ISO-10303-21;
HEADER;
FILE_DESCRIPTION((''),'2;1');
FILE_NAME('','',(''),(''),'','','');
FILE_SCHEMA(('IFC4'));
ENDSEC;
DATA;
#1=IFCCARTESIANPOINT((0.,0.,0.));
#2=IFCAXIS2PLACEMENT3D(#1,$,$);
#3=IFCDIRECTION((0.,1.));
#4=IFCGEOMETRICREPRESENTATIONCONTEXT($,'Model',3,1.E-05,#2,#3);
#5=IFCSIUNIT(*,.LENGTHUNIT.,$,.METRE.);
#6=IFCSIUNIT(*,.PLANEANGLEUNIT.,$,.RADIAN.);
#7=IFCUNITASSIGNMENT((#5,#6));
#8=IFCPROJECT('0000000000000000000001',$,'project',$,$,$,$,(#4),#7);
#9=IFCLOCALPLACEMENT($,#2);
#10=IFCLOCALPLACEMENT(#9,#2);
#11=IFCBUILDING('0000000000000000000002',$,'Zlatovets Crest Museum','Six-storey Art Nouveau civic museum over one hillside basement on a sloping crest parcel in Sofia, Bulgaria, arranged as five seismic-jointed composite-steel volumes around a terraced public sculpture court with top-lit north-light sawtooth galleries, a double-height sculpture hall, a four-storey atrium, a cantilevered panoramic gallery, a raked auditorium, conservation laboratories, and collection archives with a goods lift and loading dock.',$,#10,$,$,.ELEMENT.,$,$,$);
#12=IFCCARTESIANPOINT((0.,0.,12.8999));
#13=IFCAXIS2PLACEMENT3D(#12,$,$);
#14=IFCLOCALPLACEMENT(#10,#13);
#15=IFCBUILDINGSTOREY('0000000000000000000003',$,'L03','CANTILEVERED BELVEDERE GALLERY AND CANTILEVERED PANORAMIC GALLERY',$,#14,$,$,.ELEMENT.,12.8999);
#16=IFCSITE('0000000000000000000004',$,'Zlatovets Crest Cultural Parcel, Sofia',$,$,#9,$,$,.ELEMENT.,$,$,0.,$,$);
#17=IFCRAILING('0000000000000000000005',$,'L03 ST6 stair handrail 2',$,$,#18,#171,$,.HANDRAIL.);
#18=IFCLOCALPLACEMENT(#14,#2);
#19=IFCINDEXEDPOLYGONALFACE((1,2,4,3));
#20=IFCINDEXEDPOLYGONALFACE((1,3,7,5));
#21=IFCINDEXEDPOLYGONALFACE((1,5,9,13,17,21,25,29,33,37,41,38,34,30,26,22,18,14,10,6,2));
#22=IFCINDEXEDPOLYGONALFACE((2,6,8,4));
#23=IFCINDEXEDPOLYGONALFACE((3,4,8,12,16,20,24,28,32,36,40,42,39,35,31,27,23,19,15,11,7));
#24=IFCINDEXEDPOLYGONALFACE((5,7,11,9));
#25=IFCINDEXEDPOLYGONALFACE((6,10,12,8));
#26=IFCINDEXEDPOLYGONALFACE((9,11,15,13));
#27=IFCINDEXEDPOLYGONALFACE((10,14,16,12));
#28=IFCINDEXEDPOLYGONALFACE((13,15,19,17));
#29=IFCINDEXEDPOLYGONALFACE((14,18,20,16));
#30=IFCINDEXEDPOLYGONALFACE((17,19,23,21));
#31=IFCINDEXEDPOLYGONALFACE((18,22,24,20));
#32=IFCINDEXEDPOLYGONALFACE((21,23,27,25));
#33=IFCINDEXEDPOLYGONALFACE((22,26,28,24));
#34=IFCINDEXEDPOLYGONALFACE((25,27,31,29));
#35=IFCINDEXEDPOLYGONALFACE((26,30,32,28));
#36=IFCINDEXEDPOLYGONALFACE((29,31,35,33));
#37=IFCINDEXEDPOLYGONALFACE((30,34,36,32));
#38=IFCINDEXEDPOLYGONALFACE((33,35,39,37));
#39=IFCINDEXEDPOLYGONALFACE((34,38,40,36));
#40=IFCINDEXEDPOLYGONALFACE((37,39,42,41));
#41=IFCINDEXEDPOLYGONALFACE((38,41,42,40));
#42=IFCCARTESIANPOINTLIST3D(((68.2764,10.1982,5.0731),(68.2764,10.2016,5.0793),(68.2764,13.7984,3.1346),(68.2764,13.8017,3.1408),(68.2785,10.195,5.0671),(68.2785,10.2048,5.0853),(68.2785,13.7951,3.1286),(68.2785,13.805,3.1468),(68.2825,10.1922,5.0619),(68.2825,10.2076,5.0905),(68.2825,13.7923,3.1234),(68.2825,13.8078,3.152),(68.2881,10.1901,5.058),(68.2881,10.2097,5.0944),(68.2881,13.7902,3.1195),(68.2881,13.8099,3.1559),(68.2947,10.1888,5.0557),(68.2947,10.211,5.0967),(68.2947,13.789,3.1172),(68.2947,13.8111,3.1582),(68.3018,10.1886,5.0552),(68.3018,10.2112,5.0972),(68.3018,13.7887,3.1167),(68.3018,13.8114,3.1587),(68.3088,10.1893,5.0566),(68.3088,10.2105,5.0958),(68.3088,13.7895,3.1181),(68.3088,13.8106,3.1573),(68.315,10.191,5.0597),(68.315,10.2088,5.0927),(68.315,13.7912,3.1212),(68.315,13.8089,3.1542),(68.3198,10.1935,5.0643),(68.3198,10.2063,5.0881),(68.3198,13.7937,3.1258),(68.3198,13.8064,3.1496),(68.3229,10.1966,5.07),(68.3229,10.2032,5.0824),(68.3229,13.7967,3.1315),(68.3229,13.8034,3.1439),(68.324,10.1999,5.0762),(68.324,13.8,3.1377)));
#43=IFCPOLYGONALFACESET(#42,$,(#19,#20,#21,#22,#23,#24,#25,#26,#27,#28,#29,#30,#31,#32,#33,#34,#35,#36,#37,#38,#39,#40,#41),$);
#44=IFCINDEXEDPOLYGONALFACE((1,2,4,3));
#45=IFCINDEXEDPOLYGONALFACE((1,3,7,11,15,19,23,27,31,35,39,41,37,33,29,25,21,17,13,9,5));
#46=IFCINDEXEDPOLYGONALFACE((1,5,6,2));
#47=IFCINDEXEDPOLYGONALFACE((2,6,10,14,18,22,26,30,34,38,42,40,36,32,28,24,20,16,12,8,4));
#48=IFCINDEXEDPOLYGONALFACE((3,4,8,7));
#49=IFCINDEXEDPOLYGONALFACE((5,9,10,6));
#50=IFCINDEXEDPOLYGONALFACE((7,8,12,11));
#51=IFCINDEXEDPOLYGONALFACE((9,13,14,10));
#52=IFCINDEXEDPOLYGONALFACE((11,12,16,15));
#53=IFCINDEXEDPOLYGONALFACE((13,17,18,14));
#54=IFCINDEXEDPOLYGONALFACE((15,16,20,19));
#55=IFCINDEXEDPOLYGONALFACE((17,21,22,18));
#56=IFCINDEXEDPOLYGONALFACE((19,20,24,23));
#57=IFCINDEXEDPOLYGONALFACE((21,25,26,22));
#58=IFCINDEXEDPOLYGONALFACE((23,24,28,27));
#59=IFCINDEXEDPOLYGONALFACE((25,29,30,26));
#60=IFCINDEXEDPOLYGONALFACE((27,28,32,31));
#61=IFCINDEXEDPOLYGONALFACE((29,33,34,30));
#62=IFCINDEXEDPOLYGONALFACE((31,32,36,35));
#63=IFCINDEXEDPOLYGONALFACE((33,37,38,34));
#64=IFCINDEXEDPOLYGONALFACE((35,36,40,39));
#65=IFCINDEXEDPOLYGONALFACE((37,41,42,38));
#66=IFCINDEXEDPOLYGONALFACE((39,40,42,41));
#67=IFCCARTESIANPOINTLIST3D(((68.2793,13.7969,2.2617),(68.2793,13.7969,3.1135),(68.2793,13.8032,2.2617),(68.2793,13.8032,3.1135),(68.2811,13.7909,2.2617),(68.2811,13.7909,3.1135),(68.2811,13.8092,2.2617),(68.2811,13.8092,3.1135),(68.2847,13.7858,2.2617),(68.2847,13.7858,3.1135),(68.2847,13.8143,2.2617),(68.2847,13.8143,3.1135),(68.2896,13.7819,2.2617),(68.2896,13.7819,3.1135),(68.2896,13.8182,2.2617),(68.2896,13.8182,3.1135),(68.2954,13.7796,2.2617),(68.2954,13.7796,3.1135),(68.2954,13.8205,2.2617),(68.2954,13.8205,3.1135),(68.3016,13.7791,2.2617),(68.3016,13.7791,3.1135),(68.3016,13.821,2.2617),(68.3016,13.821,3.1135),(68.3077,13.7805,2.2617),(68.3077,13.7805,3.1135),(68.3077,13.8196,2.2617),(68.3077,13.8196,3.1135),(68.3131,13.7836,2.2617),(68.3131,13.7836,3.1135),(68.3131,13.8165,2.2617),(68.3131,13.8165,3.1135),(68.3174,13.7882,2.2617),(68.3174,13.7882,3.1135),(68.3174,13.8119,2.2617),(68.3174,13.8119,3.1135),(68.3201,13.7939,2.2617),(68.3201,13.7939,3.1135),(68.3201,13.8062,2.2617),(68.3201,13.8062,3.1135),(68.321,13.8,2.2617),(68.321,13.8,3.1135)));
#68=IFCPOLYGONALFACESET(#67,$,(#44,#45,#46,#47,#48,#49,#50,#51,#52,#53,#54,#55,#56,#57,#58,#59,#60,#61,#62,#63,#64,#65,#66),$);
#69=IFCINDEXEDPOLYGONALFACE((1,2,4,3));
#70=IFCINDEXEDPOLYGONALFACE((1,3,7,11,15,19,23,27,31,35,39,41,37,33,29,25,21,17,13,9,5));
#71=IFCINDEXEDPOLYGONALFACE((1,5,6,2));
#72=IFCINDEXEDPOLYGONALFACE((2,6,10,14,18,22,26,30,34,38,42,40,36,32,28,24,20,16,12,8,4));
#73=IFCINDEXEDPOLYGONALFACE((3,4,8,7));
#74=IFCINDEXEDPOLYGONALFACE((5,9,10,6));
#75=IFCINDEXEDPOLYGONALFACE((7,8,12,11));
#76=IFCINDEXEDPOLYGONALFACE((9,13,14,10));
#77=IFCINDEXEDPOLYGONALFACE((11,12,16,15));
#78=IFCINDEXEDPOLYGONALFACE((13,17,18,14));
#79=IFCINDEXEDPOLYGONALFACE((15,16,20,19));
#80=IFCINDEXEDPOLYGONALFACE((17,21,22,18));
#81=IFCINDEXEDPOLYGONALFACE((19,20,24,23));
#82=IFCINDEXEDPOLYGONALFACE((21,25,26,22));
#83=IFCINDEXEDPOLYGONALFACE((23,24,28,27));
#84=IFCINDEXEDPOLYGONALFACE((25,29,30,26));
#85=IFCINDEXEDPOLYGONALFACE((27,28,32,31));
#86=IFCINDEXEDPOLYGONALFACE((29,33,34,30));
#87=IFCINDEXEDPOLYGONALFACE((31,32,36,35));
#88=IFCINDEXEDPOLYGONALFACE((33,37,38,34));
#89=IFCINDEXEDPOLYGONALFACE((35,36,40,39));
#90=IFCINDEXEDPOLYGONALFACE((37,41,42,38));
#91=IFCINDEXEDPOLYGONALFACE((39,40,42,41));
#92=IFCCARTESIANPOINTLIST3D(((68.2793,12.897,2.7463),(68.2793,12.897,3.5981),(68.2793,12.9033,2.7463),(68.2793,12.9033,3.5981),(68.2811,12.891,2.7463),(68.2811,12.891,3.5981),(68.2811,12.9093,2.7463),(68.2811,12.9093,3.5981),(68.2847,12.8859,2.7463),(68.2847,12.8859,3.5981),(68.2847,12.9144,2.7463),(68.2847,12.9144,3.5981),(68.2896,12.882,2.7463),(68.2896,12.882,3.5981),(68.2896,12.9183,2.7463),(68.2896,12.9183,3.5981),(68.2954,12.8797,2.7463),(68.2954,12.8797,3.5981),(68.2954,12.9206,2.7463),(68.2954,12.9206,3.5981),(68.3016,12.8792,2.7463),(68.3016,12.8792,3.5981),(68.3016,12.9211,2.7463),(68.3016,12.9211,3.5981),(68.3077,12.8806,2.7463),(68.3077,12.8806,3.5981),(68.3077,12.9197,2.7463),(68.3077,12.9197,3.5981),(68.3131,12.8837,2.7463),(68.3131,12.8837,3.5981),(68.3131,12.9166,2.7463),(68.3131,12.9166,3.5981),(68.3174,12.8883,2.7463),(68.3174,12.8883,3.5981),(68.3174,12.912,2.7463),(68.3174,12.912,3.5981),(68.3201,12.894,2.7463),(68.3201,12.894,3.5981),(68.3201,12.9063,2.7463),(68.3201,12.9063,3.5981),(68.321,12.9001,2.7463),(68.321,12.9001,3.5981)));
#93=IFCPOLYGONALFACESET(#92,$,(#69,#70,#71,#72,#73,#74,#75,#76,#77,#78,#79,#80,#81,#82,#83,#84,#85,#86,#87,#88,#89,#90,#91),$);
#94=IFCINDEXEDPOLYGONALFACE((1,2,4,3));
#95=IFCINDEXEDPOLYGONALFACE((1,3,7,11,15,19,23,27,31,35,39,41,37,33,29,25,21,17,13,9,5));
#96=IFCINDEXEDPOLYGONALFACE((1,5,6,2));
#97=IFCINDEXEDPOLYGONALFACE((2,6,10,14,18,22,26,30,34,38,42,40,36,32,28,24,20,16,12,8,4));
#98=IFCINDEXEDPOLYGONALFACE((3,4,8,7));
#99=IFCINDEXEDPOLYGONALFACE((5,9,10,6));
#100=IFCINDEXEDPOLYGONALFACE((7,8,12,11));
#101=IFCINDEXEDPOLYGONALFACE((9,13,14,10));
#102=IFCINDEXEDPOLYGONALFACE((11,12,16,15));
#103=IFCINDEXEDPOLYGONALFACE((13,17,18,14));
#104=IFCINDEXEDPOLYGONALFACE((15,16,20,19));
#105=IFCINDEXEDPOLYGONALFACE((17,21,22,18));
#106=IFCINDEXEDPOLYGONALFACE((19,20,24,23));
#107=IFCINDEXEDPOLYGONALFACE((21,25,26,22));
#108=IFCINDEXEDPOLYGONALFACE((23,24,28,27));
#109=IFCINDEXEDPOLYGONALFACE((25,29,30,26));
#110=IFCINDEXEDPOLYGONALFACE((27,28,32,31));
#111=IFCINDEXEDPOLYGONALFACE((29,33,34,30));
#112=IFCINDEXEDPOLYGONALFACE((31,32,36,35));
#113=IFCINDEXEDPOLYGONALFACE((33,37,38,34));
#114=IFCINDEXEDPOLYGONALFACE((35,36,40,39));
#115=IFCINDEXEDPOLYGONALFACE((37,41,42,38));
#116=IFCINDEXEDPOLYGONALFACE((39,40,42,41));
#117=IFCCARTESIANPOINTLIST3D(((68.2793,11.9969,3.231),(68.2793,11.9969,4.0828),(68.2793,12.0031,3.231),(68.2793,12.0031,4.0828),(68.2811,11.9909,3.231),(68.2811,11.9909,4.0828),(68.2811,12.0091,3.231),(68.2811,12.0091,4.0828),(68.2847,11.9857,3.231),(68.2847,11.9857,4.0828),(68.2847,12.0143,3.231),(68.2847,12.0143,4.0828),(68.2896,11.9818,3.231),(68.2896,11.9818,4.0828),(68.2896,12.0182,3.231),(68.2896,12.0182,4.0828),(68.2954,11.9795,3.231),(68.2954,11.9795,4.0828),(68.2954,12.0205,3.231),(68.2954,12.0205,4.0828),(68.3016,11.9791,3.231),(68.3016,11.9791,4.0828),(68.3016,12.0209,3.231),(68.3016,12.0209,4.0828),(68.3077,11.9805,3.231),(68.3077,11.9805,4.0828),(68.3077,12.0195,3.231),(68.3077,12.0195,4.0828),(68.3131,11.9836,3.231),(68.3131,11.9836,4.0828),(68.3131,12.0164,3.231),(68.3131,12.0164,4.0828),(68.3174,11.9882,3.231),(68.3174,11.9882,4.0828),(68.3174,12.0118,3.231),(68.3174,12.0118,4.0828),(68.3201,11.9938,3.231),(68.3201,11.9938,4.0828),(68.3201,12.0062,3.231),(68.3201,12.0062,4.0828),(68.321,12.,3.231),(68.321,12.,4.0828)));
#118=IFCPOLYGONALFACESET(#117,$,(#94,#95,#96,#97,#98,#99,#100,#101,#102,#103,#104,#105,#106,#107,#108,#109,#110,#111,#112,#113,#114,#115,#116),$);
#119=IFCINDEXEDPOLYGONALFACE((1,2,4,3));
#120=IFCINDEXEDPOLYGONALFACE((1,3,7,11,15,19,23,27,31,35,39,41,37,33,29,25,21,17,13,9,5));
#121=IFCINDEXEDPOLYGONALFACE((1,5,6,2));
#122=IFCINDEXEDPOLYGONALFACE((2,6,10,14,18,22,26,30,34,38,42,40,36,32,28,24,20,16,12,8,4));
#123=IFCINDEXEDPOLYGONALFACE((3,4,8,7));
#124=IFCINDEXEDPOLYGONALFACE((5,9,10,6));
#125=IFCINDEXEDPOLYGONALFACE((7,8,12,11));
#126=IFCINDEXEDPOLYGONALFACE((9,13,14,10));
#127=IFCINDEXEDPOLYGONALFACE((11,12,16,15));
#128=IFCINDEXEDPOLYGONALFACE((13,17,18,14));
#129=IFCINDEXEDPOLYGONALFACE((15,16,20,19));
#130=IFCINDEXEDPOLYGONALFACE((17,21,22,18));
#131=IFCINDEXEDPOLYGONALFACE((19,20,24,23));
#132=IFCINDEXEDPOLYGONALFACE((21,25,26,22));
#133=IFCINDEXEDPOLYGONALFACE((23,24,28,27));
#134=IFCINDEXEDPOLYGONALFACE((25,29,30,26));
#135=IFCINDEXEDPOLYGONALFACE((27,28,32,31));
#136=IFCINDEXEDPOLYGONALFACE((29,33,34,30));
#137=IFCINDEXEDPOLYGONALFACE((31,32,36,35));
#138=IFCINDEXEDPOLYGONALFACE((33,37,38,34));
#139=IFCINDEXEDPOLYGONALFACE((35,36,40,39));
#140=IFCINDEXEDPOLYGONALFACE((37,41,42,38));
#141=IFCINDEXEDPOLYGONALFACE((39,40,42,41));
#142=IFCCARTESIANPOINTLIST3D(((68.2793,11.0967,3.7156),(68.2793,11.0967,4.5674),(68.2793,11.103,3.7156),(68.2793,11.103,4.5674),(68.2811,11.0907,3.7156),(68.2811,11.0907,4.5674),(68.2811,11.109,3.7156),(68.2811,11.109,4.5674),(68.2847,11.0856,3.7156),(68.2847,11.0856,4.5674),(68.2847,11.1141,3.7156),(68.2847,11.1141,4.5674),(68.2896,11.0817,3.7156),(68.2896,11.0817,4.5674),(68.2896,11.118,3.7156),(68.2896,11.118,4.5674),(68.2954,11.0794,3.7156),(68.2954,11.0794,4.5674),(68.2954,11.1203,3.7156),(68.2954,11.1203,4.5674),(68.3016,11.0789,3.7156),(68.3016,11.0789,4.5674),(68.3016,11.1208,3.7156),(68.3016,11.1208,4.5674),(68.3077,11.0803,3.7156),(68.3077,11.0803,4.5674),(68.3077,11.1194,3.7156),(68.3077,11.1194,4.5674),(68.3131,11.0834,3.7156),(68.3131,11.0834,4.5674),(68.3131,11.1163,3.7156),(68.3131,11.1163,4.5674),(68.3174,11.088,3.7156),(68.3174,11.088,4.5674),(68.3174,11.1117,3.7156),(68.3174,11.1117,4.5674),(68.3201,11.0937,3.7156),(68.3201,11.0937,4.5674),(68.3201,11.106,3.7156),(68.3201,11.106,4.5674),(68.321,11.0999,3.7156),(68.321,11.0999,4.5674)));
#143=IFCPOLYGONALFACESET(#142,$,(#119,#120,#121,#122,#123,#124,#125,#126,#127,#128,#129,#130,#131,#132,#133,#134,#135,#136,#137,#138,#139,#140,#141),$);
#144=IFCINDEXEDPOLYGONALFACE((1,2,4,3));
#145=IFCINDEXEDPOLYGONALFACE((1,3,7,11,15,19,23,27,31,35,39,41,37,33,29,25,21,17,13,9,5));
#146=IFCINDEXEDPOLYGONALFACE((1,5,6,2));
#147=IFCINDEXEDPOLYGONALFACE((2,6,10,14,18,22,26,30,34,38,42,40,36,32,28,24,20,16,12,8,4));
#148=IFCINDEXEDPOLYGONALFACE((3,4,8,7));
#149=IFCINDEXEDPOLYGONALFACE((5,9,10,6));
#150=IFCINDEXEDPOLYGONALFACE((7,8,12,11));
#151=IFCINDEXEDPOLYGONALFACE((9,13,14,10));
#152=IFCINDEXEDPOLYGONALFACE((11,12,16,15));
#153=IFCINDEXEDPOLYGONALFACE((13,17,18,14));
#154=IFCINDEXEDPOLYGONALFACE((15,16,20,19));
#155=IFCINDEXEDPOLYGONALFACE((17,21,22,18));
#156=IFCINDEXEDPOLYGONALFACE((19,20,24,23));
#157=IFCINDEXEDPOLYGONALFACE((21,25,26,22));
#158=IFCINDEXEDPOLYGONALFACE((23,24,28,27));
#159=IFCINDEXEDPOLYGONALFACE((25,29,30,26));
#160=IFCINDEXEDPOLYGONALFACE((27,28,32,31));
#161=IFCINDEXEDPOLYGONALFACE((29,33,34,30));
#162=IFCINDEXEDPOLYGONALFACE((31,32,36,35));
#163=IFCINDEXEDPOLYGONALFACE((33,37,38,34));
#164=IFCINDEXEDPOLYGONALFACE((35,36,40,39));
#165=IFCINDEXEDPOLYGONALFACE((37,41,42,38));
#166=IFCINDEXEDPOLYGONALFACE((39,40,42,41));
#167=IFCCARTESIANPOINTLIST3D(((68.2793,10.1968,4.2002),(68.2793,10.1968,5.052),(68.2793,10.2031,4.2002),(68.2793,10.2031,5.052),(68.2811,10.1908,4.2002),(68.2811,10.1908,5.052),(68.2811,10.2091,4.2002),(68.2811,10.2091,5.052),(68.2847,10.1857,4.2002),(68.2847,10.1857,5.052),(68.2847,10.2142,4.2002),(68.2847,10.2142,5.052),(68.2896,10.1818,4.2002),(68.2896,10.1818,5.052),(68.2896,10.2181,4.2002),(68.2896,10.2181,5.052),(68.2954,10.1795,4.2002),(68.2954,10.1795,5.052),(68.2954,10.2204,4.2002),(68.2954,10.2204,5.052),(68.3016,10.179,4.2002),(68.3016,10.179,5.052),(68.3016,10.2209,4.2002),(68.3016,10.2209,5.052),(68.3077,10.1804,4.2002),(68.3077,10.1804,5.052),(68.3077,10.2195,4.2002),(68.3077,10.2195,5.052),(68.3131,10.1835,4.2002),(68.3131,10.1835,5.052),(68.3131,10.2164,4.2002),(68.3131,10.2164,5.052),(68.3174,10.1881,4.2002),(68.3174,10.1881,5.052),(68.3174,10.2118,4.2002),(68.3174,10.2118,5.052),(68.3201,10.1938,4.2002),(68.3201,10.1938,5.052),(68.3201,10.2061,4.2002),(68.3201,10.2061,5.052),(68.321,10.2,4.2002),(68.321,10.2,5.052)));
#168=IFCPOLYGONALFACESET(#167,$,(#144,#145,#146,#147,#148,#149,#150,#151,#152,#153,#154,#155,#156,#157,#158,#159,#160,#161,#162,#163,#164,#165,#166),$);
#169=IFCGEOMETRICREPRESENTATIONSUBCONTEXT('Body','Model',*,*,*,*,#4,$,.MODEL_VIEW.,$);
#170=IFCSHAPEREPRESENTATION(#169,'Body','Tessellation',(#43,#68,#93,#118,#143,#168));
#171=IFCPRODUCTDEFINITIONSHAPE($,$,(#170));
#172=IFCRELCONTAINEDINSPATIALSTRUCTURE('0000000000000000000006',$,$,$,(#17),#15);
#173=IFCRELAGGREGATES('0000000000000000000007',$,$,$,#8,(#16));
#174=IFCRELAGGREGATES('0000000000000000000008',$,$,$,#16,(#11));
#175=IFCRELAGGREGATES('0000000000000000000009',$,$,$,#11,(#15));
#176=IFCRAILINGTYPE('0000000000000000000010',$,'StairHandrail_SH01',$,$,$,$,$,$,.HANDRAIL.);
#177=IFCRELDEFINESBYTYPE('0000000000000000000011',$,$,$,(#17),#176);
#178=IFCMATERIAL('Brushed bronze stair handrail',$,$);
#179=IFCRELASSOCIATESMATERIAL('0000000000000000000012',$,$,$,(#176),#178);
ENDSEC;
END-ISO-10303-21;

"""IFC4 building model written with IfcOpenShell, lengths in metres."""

from ifc_helpers import new_model, si_unit, direction, frame, origin, origin_2d, place, context, subcontext, project, spatial, circle, extrude, material, type_object, element, save


model = new_model("IFC4")

# Units and contexts
model_context = context("Model", 3, precision=1e-05, world=origin(), true_north=direction((0.0, 1.0)))
body_context = subcontext(model_context, "Body", "Model", "MODEL_VIEW")
ifc_project = project(units=[si_unit("LENGTHUNIT", "METRE"), si_unit("PLANEANGLEUNIT", "RADIAN")], contexts=[model_context])

# Site, building, storey
site_placement = place(None, origin())
site = spatial("IfcSite", under=ifc_project, at=site_placement, Name="Zlatovets Crest Cultural Parcel, Sofia", CompositionType="ELEMENT", RefElevation=0.0)
building_placement = place(site_placement, origin())
building = spatial("IfcBuilding", under=site, at=building_placement, Name="Zlatovets Crest Museum", Description="Six-storey Art Nouveau civic museum over one hillside basement on a sloping crest parcel in Sofia, Bulgaria, arranged as five seismic-jointed composite-steel volumes around a terraced public sculpture court with top-lit north-light sawtooth galleries, a double-height sculpture hall, a four-storey atrium, a cantilevered panoramic gallery, a raked auditorium, conservation laboratories, and collection archives with a goods lift and loading dock.", CompositionType="ELEMENT")
storey_placement = place(building_placement, frame((0.0, 0.0, 12.8999)))
storey = spatial("IfcBuildingStorey", under=building, at=storey_placement, Name="L03", Description="CANTILEVERED BELVEDERE GALLERY AND CANTILEVERED PANORAMIC GALLERY", CompositionType="ELEMENT", Elevation=12.8999)

# Railing
ifc_material_1 = material(Name="Brushed bronze stair handrail")
railing_type_1 = type_object("IfcRailingType", Name="StairHandrail_SH01", PredefinedType="HANDRAIL", material=ifc_material_1)
railing_1_placement = place(storey_placement, frame((68.3, 13.8, 2.2617)))
element("IfcRailing", 1, at=railing_1_placement, inside=storey, type_object=railing_type_1, Name="L03 ST6 stair handrail 2", PredefinedType="HANDRAIL", context=body_context, shape_type="SweptSolid", body=[
    extrude(circle(Radius=0.0239, at=origin_2d()), frame((0.0, 0.0, 0.876), z_axis=(0.0, -0.880475, 0.474093), x_axis=(1.0, 0.0, 0.0)), (0.0, 0.0, 1.0), 4.0889),
    extrude(circle(Radius=0.021, at=origin_2d()), origin(), (0.0, 0.0, 1.0), 0.8518),
    extrude(circle(Radius=0.021, at=origin_2d()), frame((0.0, -0.8999, 0.4846)), (0.0, 0.0, 1.0), 0.8518),
    extrude(circle(Radius=0.021, at=origin_2d()), frame((0.0, -1.8, 0.9692)), (0.0, 0.0, 1.0), 0.8518),
    extrude(circle(Radius=0.021, at=origin_2d()), frame((0.0, -2.7002, 1.4539)), (0.0, 0.0, 1.0), 0.8518),
    extrude(circle(Radius=0.021, at=origin_2d()), frame((0.0, -3.6001, 1.9385)), (0.0, 0.0, 1.0), 0.8518),
])

save(model, "model.ifc")
